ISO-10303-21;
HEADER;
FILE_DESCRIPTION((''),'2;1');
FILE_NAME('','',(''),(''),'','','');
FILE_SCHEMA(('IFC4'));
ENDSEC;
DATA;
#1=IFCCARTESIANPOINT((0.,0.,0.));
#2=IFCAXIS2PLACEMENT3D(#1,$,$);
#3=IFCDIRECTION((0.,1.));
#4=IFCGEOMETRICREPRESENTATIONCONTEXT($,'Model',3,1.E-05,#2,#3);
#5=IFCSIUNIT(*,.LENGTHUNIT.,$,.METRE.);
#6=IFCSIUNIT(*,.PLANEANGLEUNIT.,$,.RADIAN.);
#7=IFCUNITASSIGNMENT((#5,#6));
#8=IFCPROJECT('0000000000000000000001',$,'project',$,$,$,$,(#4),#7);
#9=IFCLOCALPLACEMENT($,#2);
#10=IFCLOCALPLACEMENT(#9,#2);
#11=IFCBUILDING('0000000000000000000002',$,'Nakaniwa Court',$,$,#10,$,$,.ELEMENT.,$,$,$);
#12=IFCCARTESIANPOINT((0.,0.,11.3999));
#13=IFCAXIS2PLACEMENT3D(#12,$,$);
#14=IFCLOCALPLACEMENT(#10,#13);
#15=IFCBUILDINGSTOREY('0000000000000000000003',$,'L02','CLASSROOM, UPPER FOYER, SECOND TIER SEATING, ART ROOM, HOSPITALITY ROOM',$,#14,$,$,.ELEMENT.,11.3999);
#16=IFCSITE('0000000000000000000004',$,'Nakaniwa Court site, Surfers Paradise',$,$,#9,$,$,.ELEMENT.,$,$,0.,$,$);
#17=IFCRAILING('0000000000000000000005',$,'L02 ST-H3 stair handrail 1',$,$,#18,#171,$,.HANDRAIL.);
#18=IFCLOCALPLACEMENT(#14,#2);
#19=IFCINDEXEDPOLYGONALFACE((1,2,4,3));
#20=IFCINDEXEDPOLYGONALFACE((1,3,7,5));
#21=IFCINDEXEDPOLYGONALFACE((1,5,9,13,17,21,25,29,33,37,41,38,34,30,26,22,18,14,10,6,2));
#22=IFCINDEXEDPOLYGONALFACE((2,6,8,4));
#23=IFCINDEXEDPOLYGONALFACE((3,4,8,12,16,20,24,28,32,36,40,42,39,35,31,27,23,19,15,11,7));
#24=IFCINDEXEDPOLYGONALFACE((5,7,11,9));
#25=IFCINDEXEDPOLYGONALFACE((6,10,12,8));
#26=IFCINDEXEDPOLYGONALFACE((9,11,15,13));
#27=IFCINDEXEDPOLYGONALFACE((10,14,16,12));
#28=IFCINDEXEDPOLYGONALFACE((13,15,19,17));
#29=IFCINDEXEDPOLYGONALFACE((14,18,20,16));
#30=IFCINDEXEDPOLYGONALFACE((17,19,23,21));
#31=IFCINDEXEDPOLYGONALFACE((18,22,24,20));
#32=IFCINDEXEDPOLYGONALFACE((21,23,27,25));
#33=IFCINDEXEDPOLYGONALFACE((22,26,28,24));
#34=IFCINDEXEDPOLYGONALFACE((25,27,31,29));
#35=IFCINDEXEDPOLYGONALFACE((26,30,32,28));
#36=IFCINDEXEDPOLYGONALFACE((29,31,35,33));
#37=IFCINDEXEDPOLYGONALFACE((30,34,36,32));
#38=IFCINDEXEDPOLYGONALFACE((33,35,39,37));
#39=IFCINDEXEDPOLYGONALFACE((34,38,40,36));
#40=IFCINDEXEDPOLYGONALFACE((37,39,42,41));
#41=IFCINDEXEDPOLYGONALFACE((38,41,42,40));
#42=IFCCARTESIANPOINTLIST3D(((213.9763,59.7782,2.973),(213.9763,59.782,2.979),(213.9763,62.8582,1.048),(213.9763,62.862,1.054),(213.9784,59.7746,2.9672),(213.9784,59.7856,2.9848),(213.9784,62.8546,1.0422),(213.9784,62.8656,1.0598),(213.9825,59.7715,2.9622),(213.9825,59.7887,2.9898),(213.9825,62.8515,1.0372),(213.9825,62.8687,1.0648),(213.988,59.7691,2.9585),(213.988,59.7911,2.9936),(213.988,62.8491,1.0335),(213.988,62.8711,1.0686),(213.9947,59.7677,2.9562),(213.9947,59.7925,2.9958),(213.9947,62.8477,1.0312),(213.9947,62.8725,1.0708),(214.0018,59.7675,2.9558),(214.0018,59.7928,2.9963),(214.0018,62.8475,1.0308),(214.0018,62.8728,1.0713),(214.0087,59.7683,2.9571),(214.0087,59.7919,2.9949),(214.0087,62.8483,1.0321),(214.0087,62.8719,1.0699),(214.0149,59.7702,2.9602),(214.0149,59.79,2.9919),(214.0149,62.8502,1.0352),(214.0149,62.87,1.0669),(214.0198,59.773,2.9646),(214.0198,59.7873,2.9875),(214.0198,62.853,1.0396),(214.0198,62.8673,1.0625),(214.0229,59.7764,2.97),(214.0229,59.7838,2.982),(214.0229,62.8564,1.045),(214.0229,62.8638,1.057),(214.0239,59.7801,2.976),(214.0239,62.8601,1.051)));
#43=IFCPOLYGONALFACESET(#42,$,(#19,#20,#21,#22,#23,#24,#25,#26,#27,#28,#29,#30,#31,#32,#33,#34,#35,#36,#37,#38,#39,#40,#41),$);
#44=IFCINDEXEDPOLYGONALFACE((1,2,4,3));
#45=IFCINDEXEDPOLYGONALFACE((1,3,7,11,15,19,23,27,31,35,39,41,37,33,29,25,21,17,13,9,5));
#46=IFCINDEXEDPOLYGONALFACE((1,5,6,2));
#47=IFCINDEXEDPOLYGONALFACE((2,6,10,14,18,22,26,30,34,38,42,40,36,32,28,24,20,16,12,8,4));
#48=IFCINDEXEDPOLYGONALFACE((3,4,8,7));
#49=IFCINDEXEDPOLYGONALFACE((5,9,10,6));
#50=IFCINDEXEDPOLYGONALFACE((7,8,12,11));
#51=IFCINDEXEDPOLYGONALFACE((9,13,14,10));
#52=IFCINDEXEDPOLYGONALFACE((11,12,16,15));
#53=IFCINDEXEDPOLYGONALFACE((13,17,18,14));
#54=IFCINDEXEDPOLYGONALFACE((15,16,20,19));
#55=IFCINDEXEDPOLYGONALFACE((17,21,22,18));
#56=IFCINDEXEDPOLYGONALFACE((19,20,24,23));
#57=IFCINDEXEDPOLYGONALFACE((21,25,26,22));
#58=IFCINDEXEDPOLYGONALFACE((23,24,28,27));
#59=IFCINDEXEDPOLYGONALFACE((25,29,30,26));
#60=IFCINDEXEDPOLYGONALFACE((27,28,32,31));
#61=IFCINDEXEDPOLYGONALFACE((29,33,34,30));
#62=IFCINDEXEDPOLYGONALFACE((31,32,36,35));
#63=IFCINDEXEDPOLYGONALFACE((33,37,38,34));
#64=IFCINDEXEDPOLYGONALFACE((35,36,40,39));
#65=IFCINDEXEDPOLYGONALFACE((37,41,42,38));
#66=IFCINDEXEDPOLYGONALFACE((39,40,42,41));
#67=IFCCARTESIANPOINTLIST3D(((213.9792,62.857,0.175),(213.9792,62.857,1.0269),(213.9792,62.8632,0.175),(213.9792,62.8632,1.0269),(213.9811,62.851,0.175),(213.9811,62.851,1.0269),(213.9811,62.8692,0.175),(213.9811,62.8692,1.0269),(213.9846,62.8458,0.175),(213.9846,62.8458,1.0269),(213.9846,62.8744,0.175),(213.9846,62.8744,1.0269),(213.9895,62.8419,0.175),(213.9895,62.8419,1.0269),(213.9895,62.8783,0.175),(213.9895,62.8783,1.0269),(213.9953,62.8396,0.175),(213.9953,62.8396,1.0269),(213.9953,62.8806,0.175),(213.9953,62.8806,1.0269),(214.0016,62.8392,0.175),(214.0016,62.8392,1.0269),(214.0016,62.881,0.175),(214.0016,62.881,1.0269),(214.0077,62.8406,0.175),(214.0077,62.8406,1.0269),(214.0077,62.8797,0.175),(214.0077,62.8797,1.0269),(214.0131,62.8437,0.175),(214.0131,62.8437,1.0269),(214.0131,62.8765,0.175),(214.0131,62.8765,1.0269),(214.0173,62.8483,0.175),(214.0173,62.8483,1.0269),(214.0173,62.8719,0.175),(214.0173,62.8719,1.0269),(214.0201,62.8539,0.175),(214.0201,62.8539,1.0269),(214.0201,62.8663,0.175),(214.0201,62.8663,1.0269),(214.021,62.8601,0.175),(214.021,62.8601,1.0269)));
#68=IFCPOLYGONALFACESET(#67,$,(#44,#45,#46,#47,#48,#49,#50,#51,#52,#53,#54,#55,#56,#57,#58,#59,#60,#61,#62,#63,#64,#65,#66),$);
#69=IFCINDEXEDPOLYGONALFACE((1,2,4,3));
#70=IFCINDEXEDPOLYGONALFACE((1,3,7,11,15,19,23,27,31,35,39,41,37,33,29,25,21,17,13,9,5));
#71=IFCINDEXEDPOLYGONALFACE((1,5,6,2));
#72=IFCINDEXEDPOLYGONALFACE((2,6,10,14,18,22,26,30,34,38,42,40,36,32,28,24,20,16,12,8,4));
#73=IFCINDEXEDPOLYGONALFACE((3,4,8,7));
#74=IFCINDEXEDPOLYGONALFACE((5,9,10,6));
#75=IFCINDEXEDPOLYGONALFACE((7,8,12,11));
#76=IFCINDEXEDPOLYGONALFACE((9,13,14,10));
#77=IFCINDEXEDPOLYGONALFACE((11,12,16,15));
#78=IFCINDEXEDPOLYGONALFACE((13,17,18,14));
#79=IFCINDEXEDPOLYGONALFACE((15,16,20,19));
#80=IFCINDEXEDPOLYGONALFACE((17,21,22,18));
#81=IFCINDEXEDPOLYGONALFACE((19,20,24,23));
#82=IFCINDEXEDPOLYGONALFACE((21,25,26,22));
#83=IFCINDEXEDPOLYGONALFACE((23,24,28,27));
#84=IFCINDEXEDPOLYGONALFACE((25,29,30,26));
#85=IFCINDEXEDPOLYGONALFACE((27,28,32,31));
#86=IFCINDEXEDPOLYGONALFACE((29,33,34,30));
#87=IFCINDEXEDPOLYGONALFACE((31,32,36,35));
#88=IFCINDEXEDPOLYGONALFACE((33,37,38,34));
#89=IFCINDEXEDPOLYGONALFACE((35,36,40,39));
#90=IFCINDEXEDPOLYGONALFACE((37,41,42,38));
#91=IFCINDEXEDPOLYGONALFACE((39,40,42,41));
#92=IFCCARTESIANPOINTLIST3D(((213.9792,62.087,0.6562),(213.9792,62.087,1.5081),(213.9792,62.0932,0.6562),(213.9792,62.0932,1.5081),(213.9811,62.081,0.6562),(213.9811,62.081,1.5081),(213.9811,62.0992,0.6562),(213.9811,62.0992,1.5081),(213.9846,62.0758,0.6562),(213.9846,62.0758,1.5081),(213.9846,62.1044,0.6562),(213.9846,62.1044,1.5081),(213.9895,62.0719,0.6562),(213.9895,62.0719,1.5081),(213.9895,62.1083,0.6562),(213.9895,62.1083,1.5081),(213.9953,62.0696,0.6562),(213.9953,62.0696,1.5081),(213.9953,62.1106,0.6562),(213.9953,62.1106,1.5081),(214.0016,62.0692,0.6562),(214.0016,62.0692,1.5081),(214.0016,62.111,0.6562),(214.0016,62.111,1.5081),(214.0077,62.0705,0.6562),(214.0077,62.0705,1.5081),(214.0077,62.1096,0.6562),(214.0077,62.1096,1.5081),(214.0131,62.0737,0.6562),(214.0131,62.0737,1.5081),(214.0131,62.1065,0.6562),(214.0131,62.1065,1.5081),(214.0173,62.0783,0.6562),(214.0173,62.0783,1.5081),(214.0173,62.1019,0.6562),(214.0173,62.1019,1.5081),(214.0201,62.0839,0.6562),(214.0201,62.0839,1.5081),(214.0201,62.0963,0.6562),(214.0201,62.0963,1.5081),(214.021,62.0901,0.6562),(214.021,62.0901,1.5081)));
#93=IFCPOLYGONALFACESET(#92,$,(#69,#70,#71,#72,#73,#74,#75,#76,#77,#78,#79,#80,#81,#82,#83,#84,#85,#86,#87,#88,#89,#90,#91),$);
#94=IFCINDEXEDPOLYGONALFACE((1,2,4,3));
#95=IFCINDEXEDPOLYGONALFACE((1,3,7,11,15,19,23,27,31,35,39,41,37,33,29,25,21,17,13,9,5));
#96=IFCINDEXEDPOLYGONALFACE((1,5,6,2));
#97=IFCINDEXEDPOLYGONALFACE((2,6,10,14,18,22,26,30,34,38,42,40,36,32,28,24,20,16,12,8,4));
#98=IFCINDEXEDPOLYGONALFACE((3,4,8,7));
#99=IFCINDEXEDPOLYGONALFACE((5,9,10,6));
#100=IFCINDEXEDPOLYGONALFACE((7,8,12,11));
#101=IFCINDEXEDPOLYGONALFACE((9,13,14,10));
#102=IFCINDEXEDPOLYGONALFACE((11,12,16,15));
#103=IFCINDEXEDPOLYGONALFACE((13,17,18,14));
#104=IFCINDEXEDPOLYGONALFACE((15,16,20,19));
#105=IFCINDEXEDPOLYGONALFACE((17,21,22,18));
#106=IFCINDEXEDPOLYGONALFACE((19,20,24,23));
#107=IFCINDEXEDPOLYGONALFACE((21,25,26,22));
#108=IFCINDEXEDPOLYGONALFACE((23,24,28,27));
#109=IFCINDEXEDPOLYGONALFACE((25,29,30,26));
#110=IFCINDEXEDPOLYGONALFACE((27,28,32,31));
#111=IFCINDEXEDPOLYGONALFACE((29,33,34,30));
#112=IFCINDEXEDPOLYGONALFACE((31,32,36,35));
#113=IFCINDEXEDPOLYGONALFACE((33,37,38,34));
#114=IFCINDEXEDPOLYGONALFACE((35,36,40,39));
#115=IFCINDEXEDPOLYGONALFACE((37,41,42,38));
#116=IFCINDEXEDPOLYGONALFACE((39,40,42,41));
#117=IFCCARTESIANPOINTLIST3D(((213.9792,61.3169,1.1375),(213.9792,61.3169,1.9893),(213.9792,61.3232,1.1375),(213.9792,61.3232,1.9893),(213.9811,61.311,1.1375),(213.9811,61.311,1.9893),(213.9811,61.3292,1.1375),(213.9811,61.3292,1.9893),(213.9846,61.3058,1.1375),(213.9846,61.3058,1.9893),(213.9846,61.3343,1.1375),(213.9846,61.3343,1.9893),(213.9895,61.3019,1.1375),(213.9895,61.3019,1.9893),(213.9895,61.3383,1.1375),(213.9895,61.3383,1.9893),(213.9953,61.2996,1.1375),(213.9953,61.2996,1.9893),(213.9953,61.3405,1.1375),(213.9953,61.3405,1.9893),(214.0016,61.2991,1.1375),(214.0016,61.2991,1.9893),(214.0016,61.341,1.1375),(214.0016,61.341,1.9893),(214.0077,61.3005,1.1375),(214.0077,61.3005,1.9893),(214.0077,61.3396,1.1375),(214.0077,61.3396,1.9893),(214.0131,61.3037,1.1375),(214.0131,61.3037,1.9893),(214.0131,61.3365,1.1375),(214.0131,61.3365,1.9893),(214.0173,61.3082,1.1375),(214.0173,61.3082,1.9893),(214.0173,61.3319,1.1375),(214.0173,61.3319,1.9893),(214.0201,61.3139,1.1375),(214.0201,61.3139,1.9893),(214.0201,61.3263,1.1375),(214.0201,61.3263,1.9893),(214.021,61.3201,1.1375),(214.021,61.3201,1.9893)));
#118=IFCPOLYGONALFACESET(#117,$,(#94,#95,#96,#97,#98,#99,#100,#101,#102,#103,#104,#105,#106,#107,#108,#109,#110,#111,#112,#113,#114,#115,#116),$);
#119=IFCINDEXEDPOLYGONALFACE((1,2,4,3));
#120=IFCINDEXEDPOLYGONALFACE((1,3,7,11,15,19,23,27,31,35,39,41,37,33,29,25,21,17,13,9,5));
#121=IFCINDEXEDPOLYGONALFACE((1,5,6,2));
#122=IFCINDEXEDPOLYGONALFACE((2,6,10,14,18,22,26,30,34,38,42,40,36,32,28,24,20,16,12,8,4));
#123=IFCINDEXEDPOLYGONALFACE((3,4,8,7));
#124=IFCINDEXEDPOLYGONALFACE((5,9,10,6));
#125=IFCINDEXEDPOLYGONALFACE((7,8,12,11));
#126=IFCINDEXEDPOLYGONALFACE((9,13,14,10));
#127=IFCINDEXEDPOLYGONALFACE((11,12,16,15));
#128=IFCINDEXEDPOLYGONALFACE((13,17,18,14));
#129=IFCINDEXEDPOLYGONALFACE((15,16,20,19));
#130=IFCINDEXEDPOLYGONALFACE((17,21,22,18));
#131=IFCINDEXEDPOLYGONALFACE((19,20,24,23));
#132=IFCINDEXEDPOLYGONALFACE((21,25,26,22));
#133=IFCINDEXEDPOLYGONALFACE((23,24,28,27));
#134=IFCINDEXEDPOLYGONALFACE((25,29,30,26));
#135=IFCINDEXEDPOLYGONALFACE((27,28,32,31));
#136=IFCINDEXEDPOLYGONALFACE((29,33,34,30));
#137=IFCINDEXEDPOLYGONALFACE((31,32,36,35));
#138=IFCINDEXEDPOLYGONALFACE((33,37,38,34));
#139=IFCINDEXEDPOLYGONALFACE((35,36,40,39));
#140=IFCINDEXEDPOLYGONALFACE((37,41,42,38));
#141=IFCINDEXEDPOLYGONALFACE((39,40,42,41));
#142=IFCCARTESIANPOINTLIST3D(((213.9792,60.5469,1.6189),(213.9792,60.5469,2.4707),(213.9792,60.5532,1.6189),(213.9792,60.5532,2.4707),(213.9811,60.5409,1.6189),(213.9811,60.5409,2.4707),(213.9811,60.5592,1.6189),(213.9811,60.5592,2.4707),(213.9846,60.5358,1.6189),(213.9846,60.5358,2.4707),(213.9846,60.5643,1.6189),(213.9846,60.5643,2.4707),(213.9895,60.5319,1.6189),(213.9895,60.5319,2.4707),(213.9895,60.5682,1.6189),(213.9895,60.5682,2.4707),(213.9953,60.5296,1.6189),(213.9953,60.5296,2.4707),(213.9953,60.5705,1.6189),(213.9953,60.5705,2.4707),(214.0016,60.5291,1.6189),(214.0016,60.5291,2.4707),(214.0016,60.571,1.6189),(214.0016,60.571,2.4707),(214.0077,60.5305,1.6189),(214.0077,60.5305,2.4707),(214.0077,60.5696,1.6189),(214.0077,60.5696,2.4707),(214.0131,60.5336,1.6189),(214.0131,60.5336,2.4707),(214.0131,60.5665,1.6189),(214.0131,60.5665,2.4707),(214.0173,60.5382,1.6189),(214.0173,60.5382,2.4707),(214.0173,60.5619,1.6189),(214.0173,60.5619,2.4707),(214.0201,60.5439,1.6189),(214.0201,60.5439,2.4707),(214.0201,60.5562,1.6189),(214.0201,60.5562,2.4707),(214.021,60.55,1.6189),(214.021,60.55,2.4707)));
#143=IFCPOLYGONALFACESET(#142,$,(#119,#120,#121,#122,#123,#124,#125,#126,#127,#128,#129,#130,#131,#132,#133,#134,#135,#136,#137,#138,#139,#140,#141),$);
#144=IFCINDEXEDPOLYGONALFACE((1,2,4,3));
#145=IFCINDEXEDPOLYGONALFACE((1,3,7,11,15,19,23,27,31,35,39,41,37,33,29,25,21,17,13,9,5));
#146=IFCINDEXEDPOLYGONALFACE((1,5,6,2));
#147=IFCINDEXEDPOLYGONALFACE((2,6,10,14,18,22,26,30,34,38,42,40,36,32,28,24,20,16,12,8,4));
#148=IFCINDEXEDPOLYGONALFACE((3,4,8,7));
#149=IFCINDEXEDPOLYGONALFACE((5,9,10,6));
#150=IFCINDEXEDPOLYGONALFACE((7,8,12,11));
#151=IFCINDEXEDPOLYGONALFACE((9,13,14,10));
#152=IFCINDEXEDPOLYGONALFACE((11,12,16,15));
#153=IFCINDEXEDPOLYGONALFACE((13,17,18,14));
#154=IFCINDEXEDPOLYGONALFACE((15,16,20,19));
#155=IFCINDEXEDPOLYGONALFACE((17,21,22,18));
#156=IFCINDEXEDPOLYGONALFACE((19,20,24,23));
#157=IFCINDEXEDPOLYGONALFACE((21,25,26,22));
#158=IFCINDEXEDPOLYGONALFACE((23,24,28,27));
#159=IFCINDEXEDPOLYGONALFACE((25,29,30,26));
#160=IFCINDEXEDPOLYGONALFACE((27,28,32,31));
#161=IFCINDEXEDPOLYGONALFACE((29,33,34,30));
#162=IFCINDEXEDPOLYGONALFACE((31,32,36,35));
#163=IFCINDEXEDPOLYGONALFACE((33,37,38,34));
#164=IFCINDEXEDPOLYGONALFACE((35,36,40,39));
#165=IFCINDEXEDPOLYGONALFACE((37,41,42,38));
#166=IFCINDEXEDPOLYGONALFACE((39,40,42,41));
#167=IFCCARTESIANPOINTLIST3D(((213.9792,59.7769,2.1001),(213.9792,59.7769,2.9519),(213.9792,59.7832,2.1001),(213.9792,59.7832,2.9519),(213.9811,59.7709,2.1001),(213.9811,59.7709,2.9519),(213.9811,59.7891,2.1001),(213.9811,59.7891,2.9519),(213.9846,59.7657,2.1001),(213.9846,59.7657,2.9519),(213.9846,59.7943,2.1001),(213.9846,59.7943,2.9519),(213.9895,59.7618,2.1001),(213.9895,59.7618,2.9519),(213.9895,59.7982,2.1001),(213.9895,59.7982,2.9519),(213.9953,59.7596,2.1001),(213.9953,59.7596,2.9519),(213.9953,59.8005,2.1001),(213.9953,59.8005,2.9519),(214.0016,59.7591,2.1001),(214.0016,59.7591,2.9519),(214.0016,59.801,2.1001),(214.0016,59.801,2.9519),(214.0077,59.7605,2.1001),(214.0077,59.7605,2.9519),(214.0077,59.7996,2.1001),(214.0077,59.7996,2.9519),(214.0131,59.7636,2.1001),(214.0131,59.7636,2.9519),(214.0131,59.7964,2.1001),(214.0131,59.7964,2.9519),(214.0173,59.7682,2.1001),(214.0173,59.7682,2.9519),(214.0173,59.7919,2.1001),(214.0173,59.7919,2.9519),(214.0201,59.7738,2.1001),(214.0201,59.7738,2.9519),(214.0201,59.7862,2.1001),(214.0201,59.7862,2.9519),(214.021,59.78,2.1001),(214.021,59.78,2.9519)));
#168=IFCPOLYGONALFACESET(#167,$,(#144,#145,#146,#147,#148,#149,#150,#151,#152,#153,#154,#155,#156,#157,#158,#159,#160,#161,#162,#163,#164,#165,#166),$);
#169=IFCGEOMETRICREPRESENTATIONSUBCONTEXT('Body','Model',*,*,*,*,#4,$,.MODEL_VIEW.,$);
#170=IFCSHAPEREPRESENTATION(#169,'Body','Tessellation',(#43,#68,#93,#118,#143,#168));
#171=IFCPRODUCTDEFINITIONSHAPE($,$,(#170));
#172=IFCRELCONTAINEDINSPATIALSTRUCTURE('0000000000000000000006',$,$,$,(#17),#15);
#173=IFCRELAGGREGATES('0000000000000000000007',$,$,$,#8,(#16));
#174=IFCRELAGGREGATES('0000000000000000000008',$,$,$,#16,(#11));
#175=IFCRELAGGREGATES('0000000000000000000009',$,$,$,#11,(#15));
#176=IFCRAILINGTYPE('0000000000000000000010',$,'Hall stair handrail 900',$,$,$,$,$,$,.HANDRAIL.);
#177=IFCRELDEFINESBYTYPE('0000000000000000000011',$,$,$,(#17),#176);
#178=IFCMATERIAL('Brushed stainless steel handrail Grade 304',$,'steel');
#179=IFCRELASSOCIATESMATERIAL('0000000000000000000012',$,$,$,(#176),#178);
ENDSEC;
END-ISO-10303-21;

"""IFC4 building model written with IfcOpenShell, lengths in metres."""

from ifc_helpers import new_model, si_unit, direction, frame, origin, origin_2d, place, context, subcontext, project, spatial, circle, extrude, material, type_object, element, save


model = new_model("IFC4")

# Units and contexts
model_context = context("Model", 3, precision=1e-05, world=origin(), true_north=direction((0.0, 1.0)))
body_context = subcontext(model_context, "Body", "Model", "MODEL_VIEW")
ifc_project = project(units=[si_unit("LENGTHUNIT", "METRE"), si_unit("PLANEANGLEUNIT", "RADIAN")], contexts=[model_context])

# Site, building, storey
site_placement = place(None, origin())
site = spatial("IfcSite", under=ifc_project, at=site_placement, Name="Nakaniwa Court site, Surfers Paradise", CompositionType="ELEMENT", RefElevation=0.0)
building_placement = place(site_placement, origin())
building = spatial("IfcBuilding", under=site, at=building_placement, Name="Nakaniwa Court", CompositionType="ELEMENT")
storey_placement = place(building_placement, frame((0.0, 0.0, 11.3999)))
storey = spatial("IfcBuildingStorey", under=building, at=storey_placement, Name="L02", Description="CLASSROOM, UPPER FOYER, SECOND TIER SEATING, ART ROOM, HOSPITALITY ROOM", CompositionType="ELEMENT", Elevation=11.3999)

# Railing
ifc_material_1 = material(Name="Brushed stainless steel handrail Grade 304", Category="steel")
railing_type_1 = type_object("IfcRailingType", Name="Hall stair handrail 900", PredefinedType="HANDRAIL", material=ifc_material_1)
railing_1_placement = place(storey_placement, frame((214.0, 62.8601, 0.175)))
element("IfcRailing", 1, at=railing_1_placement, inside=storey, type_object=railing_type_1, Name="L02 ST-H3 stair handrail 1", PredefinedType="HANDRAIL", context=body_context, shape_type="SweptSolid", body=[
    extrude(circle(Radius=0.0239, at=origin_2d()), frame((0.0, 0.0, 0.876), z_axis=(0.0, -0.847998, 0.529999), x_axis=(1.0, 0.0, 0.0)), (0.0, 0.0, 1.0), 3.6321),
    extrude(circle(Radius=0.021, at=origin_2d()), origin(), (0.0, 0.0, 1.0), 0.8518),
    extrude(circle(Radius=0.021, at=origin_2d()), frame((0.0, -0.77, 0.4812)), (0.0, 0.0, 1.0), 0.8518),
    extrude(circle(Radius=0.021, at=origin_2d()), frame((0.0, -1.54, 0.9624)), (0.0, 0.0, 1.0), 0.8518),
    extrude(circle(Radius=0.021, at=origin_2d()), frame((0.0, -2.3101, 1.4438)), (0.0, 0.0, 1.0), 0.8518),
    extrude(circle(Radius=0.021, at=origin_2d()), frame((0.0, -3.0801, 1.925)), (0.0, 0.0, 1.0), 0.8518),
])

save(model, "model.ifc")
